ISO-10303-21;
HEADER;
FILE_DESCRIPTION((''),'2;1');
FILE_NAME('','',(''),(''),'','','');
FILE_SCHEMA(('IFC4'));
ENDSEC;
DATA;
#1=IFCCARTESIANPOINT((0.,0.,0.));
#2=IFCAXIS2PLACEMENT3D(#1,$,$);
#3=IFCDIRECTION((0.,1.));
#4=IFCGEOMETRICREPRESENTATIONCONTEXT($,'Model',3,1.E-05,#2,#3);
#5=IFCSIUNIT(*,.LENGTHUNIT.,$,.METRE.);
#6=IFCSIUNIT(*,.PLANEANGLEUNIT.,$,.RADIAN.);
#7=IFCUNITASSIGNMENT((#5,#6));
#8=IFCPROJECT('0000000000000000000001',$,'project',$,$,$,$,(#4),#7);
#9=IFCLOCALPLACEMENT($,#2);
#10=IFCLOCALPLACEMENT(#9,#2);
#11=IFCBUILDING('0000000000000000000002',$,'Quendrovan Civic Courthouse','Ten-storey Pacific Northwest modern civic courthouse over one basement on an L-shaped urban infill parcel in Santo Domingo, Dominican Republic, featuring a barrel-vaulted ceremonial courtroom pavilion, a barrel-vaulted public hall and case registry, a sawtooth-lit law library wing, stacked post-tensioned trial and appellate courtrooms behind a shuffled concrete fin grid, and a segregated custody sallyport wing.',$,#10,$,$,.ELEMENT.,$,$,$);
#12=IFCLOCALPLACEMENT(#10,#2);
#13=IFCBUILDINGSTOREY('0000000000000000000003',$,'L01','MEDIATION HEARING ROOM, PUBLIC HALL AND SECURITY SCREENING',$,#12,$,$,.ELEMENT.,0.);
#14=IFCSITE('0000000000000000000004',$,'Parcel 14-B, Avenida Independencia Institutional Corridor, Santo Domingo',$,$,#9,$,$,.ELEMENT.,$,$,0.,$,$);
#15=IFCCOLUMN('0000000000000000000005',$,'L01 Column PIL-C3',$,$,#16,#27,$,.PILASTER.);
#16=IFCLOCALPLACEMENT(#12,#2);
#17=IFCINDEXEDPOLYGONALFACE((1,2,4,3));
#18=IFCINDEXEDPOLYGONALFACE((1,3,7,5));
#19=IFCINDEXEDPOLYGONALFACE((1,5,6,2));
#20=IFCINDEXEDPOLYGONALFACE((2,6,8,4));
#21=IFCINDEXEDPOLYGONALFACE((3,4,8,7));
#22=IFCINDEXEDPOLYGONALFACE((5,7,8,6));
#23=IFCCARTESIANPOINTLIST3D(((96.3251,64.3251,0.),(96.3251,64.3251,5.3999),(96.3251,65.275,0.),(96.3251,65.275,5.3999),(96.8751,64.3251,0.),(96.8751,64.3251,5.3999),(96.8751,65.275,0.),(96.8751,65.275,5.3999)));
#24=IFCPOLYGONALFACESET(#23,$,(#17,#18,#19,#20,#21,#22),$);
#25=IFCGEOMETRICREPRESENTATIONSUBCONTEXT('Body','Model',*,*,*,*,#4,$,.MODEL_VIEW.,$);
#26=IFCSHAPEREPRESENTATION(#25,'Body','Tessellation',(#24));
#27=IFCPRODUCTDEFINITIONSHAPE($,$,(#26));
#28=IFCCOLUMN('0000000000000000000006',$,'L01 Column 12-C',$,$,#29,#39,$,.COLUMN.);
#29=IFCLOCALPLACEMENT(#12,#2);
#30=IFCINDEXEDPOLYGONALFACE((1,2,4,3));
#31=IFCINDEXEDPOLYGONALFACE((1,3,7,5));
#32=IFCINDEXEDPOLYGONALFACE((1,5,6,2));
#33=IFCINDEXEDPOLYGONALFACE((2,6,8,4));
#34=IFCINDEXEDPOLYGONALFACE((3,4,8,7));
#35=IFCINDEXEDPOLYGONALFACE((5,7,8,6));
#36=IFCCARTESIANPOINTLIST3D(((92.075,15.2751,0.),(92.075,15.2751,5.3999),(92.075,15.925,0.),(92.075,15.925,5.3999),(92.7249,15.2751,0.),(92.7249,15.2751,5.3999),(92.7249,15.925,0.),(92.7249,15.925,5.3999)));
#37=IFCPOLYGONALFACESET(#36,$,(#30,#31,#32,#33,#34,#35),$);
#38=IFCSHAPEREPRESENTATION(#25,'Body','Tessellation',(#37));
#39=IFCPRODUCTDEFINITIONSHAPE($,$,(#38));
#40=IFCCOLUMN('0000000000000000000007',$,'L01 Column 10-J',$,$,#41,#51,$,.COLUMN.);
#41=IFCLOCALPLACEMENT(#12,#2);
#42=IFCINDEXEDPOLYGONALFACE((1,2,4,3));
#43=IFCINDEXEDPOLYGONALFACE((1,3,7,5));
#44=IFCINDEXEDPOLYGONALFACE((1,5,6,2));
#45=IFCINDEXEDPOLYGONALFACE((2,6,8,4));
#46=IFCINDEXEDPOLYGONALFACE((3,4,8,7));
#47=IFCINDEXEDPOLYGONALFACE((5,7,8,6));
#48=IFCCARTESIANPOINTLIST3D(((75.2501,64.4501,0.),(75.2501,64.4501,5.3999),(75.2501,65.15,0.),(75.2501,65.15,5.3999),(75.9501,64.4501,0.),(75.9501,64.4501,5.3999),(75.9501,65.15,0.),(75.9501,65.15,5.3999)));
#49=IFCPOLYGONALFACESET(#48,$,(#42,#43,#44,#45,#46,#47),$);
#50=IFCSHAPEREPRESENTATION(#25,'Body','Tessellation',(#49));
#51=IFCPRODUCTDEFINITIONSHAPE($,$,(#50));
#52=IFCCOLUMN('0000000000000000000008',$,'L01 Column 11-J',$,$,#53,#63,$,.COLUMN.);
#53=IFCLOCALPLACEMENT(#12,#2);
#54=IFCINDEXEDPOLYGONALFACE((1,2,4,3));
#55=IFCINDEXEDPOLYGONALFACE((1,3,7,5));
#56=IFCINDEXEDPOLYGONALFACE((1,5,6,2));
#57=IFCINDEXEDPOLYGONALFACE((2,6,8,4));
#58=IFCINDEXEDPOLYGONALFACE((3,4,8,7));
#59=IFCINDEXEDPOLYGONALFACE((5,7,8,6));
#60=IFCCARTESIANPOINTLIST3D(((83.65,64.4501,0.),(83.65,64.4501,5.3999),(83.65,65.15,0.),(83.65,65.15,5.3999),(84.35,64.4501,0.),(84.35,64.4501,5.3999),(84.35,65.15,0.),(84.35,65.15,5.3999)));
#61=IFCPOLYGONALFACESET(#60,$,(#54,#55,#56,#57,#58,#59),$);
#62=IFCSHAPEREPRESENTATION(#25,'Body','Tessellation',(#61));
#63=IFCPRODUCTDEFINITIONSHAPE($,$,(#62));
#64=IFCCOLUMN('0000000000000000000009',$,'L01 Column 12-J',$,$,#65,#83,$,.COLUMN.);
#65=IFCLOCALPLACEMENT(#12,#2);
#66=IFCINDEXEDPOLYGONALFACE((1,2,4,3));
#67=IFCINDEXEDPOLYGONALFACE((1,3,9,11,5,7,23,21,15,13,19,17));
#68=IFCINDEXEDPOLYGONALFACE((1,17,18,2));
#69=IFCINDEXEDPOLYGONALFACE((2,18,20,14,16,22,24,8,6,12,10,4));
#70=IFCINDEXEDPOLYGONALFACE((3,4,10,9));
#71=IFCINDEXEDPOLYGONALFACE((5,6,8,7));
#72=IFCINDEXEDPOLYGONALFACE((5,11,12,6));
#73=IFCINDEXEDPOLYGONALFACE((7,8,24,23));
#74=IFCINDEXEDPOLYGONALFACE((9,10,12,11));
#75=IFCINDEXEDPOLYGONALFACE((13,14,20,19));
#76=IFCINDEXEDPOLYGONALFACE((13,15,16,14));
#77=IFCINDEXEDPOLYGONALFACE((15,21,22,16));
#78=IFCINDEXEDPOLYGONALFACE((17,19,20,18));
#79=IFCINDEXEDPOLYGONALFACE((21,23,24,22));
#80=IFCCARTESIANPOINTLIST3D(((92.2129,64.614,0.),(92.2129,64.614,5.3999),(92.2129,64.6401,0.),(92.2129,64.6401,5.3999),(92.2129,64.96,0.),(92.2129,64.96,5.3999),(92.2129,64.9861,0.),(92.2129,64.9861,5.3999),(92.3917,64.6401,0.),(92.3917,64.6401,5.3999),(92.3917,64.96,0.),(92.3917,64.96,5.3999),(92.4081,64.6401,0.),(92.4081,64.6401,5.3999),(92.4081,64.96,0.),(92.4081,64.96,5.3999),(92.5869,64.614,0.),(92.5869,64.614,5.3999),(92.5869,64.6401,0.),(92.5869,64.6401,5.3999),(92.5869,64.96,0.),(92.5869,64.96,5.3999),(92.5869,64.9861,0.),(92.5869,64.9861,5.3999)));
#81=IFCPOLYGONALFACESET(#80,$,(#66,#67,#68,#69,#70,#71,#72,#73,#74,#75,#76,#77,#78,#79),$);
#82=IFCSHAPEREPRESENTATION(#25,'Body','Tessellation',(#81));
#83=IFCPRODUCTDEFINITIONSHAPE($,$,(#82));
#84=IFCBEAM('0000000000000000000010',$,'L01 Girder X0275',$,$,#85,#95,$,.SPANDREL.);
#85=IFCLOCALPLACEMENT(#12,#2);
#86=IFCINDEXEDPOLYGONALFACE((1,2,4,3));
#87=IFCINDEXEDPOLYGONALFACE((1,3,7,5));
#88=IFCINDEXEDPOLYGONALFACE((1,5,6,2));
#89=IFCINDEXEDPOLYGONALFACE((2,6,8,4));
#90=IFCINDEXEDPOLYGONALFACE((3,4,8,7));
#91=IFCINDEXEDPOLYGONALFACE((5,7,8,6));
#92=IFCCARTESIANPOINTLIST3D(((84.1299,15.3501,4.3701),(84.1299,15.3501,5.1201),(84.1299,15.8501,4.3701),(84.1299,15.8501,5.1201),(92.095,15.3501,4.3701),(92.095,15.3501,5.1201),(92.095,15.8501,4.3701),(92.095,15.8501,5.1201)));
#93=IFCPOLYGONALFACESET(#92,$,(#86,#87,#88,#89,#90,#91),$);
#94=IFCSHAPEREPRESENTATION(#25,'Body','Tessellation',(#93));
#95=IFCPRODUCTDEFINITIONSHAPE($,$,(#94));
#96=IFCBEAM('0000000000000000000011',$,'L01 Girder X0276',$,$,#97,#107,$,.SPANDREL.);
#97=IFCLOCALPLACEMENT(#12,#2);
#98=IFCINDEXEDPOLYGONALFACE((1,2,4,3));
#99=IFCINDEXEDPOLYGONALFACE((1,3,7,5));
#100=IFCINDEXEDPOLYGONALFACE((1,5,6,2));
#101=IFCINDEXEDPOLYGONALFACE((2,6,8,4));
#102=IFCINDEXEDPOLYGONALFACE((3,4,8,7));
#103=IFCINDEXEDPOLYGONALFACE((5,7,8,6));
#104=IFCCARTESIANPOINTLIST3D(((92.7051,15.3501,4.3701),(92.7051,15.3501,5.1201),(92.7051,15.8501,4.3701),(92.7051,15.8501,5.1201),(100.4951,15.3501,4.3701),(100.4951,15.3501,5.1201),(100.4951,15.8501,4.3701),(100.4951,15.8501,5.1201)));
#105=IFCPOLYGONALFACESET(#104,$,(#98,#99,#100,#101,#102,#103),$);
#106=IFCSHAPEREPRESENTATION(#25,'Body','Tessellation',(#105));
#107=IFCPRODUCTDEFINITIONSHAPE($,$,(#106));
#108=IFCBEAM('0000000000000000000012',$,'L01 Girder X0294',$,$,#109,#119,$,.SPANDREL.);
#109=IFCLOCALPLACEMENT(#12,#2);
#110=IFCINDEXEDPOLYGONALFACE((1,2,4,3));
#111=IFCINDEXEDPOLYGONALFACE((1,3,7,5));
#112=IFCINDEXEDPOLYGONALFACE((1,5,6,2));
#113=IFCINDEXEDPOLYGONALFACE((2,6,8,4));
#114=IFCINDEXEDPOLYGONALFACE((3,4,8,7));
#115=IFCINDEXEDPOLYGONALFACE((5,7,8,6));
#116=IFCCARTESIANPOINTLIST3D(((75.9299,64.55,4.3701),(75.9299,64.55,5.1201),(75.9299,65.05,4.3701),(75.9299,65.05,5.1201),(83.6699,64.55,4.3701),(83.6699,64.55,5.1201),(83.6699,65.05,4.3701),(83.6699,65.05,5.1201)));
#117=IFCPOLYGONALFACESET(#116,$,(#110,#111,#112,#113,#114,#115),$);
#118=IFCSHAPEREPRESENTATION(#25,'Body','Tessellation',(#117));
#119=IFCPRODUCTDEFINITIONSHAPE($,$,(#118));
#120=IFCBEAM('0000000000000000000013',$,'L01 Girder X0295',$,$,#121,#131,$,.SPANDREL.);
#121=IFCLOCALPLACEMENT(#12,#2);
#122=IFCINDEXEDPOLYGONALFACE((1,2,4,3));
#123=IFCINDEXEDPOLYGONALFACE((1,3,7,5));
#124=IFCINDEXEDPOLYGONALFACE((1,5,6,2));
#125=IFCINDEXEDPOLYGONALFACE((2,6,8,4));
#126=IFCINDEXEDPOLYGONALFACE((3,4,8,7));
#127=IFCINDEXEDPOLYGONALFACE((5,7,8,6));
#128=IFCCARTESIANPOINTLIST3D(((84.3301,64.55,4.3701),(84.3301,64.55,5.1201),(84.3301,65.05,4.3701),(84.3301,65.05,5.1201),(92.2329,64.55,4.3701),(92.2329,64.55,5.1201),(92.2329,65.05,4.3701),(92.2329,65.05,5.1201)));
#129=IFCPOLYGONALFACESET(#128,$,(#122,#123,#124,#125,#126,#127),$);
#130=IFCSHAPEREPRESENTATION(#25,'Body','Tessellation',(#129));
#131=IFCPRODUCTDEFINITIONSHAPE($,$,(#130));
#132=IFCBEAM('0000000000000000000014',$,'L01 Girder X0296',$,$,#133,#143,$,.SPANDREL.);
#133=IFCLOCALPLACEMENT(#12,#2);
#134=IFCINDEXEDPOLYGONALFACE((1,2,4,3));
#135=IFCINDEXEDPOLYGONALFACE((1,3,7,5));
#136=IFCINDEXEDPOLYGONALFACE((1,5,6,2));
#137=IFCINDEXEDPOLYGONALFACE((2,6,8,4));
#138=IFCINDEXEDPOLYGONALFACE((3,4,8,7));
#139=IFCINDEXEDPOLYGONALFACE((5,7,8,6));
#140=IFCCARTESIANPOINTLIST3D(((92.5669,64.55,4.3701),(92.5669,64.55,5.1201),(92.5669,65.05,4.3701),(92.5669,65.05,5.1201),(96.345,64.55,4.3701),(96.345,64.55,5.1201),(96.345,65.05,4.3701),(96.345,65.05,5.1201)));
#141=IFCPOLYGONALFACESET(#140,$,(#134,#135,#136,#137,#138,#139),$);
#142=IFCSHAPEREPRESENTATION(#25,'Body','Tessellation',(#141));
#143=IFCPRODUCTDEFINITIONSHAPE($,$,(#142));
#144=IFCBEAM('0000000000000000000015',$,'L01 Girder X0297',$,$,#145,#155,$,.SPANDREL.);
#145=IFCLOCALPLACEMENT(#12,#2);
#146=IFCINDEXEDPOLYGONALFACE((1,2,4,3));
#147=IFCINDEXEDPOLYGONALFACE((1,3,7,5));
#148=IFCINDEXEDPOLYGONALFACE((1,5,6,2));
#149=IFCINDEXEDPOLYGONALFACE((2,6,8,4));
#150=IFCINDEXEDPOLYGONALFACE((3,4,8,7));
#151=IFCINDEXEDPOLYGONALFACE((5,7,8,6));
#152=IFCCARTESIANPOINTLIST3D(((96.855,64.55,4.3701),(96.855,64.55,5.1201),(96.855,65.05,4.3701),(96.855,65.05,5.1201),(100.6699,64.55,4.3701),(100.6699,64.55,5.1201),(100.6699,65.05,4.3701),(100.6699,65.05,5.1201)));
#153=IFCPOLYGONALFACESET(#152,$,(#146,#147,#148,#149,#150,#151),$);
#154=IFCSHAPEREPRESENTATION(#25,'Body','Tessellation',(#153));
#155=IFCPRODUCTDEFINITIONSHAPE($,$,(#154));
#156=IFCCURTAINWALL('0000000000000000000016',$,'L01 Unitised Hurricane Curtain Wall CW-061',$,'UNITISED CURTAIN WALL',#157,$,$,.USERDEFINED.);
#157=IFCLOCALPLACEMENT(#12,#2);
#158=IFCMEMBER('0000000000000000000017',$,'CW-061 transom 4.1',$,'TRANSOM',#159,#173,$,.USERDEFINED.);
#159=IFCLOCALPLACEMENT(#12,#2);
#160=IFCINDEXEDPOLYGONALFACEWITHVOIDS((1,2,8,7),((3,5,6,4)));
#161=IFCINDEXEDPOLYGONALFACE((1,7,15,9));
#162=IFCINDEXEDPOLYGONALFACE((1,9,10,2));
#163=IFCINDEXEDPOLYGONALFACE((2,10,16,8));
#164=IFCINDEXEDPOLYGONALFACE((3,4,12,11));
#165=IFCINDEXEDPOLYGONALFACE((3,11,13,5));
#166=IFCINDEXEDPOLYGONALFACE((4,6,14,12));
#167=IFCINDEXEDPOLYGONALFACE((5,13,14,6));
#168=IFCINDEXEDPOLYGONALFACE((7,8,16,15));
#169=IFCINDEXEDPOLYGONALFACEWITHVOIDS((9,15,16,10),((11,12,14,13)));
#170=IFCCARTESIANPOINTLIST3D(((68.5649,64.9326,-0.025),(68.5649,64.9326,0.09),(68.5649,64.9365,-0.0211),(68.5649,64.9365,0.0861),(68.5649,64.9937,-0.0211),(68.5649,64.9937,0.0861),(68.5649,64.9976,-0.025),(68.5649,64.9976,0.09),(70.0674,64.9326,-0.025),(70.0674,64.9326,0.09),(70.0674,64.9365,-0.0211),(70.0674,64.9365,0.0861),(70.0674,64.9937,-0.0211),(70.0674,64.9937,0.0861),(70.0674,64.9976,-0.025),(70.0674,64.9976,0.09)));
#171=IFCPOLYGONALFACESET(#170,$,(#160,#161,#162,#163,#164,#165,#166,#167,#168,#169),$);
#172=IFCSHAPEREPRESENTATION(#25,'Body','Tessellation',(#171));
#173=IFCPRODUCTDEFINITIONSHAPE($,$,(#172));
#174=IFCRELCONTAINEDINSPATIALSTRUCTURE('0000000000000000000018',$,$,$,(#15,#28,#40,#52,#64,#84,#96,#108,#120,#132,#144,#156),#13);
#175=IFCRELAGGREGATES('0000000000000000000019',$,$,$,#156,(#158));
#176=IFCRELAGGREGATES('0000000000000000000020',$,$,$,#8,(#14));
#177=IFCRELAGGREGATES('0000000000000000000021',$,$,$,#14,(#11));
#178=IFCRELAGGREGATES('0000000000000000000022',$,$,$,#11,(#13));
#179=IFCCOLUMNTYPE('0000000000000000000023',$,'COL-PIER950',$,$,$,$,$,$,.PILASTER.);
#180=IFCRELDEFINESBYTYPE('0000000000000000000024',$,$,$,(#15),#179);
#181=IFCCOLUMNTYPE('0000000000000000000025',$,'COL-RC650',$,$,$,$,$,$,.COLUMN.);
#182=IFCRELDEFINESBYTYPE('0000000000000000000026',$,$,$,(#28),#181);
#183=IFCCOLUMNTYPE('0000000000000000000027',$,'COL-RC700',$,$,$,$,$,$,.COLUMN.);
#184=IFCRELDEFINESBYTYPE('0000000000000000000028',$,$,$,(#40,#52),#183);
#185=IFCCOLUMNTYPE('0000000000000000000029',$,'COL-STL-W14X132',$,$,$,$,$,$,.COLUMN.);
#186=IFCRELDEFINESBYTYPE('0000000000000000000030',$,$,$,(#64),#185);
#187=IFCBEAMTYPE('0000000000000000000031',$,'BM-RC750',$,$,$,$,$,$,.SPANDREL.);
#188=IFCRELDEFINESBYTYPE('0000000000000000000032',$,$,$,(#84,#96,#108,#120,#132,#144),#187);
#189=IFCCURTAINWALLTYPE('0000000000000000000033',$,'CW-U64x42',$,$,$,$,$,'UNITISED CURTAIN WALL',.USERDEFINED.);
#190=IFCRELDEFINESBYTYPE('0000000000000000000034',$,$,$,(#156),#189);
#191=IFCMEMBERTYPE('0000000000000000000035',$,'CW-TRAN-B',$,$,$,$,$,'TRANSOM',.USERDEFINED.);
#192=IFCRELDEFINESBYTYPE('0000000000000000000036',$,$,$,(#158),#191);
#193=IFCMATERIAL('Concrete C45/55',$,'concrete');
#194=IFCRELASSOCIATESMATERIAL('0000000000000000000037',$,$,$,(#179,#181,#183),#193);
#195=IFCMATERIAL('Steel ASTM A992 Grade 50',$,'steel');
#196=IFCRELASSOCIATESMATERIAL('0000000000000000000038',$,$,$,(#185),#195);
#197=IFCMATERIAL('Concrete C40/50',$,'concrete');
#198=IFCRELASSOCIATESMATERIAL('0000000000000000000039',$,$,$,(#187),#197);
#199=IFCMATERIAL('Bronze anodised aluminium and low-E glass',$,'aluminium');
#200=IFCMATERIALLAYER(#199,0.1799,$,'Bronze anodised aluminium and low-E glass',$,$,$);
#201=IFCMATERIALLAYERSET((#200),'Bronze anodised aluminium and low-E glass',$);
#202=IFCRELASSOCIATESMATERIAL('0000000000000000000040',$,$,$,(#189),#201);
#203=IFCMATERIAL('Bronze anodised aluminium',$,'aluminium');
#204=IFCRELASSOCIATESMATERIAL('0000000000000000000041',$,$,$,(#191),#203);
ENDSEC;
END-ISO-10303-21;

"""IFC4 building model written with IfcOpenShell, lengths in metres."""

from ifc_helpers import new_model, si_unit, direction, frame, origin, origin_2d, place, context, subcontext, project, spatial, rectangle, hollow_rectangle, i_section, extrude, material, layer, layer_set, material_profile, profile_set, type_object, element, aggregate, save


model = new_model("IFC4")

# Units and contexts
model_context = context("Model", 3, precision=1e-05, world=origin(), true_north=direction((0.0, 1.0)))
body_context = subcontext(model_context, "Body", "Model", "MODEL_VIEW")
ifc_project = project(units=[si_unit("LENGTHUNIT", "METRE"), si_unit("PLANEANGLEUNIT", "RADIAN")], contexts=[model_context])

# Site, building, storey
site_placement = place(None, origin())
site = spatial("IfcSite", under=ifc_project, at=site_placement, Name="Parcel 14-B, Avenida Independencia Institutional Corridor, Santo Domingo", CompositionType="ELEMENT", RefElevation=0.0)
building_placement = place(site_placement, origin())
building = spatial("IfcBuilding", under=site, at=building_placement, Name="Quendrovan Civic Courthouse", Description="Ten-storey Pacific Northwest modern civic courthouse over one basement on an L-shaped urban infill parcel in Santo Domingo, Dominican Republic, featuring a barrel-vaulted ceremonial courtroom pavilion, a barrel-vaulted public hall and case registry, a sawtooth-lit law library wing, stacked post-tensioned trial and appellate courtrooms behind a shuffled concrete fin grid, and a segregated custody sallyport wing.", CompositionType="ELEMENT")
storey_placement = place(building_placement, origin())
storey = spatial("IfcBuildingStorey", under=building, at=storey_placement, Name="L01", Description="MEDIATION HEARING ROOM, PUBLIC HALL AND SECURITY SCREENING", CompositionType="ELEMENT", Elevation=0.0)

# Columns
ifc_material_1 = material(Name="Concrete C45/55", Category="concrete")
ifc_material_profile_1 = material_profile(ifc_material_1, rectangle(XDim=0.55, YDim=0.95, at=origin_2d()), Name="RC-PIER-550x950")
ifc_profile_set_1 = profile_set([ifc_material_profile_1], Name="Concrete C45/55")
column_type_1 = type_object("IfcColumnType", Name="COL-PIER950", PredefinedType="PILASTER", material=ifc_profile_set_1)
column_1_placement = place(storey_placement, frame((96.6001, 64.8, 0.0), z_axis=(0.0, 0.0, 1.0), x_axis=(1.0, 0.0, 0.0)))
element("IfcColumn", 1, at=column_1_placement, inside=storey, type_object=column_type_1, Name="L01 Column PIL-C3", PredefinedType="PILASTER", context=body_context, shape_type="SweptSolid", body=[
    extrude(rectangle(XDim=0.55, YDim=0.95, at=origin_2d()), origin(), (0.0, 0.0, 1.0), 5.3999),
])
ifc_material_profile_2 = material_profile(ifc_material_1, rectangle(XDim=0.6499, YDim=0.6499, at=origin_2d()), Name="RC-COL-650x650")
ifc_profile_set_2 = profile_set([ifc_material_profile_2], Name="Concrete C45/55")
column_type_2 = type_object("IfcColumnType", Name="COL-RC650", PredefinedType="COLUMN", material=ifc_profile_set_2)
column_2_placement = place(storey_placement, frame((92.3999, 15.6001, 0.0), z_axis=(0.0, 0.0, 1.0), x_axis=(1.0, 0.0, 0.0)))
element("IfcColumn", 2, at=column_2_placement, inside=storey, type_object=column_type_2, Name="L01 Column 12-C", PredefinedType="COLUMN", context=body_context, shape_type="SweptSolid", body=[
    extrude(rectangle(XDim=0.6499, YDim=0.6499, at=origin_2d()), origin(), (0.0, 0.0, 1.0), 5.3999),
])
ifc_material_profile_3 = material_profile(ifc_material_1, rectangle(XDim=0.7, YDim=0.7, at=origin_2d()), Name="RC-COL-700x700")
ifc_profile_set_3 = profile_set([ifc_material_profile_3], Name="Concrete C45/55")
column_type_3 = type_object("IfcColumnType", Name="COL-RC700", PredefinedType="COLUMN", material=ifc_profile_set_3)
for number, where, z_axis, x_axis, name in (
    (3, (75.6001, 64.8, 0.0), (0.0, 0.0, 1.0), (1.0, 0.0, 0.0), "L01 Column 10-J"),
    (4, (84.0, 64.8, 0.0), (0.0, 0.0, 1.0), (1.0, 0.0, 0.0), "L01 Column 11-J"),
):
    element("IfcColumn", number, at=place(storey_placement, frame(where, z_axis=z_axis, x_axis=x_axis)), inside=storey, type_object=column_type_3, Name=name, PredefinedType="COLUMN", context=body_context, shape_type="SweptSolid", body=[
        extrude(rectangle(XDim=0.7, YDim=0.7, at=origin_2d()), origin(), (0.0, 0.0, 1.0), 5.3999),
    ])
ifc_material_2 = material(Name="Steel ASTM A992 Grade 50", Category="steel")
ifc_material_profile_4 = material_profile(ifc_material_2, i_section(OverallWidth=0.374, OverallDepth=0.3721, WebThickness=0.0164, FlangeThickness=0.0261, at=origin_2d()), Name="W14X132")
ifc_profile_set_4 = profile_set([ifc_material_profile_4], Name="Steel ASTM A992 Grade 50")
column_type_4 = type_object("IfcColumnType", Name="COL-STL-W14X132", PredefinedType="COLUMN", material=ifc_profile_set_4)
column_3_placement = place(storey_placement, frame((92.3999, 64.8, 0.0), z_axis=(0.0, 0.0, 1.0), x_axis=(1.0, 0.0, 0.0)))
element("IfcColumn", 5, at=column_3_placement, inside=storey, type_object=column_type_4, Name="L01 Column 12-J", PredefinedType="COLUMN", context=body_context, shape_type="SweptSolid", body=[
    extrude(i_section(OverallWidth=0.374, OverallDepth=0.3721, WebThickness=0.0164, FlangeThickness=0.0261, at=origin_2d()), origin(), (0.0, 0.0, 1.0), 5.3999),
])

# Beams
ifc_material_3 = material(Name="Concrete C40/50", Category="concrete")
ifc_material_profile_5 = material_profile(ifc_material_3, rectangle(XDim=0.5, YDim=0.75, at=origin_2d()), Name="RC-BM-500x750")
ifc_profile_set_5 = profile_set([ifc_material_profile_5], Name="Concrete C40/50")
beam_type = type_object("IfcBeamType", Name="BM-RC750", PredefinedType="SPANDREL", material=ifc_profile_set_5)
beam_1_placement = place(storey_placement, frame((84.1299, 15.6001, 4.7451), z_axis=(1.0, 0.0, 0.0), x_axis=(0.0, 1.0, 0.0)))
element("IfcBeam", 6, at=beam_1_placement, inside=storey, type_object=beam_type, Name="L01 Girder X0275", PredefinedType="SPANDREL", context=body_context, shape_type="SweptSolid", body=[
    extrude(rectangle(XDim=0.5, YDim=0.75, at=origin_2d()), origin(), (0.0, 0.0, 1.0), 7.9651),
])
beam_2_placement = place(storey_placement, frame((92.7051, 15.6001, 4.7451), z_axis=(1.0, 0.0, 0.0), x_axis=(0.0, 1.0, 0.0)))
element("IfcBeam", 7, at=beam_2_placement, inside=storey, type_object=beam_type, Name="L01 Girder X0276", PredefinedType="SPANDREL", context=body_context, shape_type="SweptSolid", body=[
    extrude(rectangle(XDim=0.5, YDim=0.75, at=origin_2d()), origin(), (0.0, 0.0, 1.0), 7.79),
])
beam_3_placement = place(storey_placement, frame((75.9299, 64.8, 4.7451), z_axis=(1.0, 0.0, 0.0), x_axis=(0.0, 1.0, 0.0)))
element("IfcBeam", 8, at=beam_3_placement, inside=storey, type_object=beam_type, Name="L01 Girder X0294", PredefinedType="SPANDREL", context=body_context, shape_type="SweptSolid", body=[
    extrude(rectangle(XDim=0.5, YDim=0.75, at=origin_2d()), origin(), (0.0, 0.0, 1.0), 7.74),
])
beam_4_placement = place(storey_placement, frame((84.3301, 64.8, 4.7451), z_axis=(1.0, 0.0, 0.0), x_axis=(0.0, 1.0, 0.0)))
element("IfcBeam", 9, at=beam_4_placement, inside=storey, type_object=beam_type, Name="L01 Girder X0295", PredefinedType="SPANDREL", context=body_context, shape_type="SweptSolid", body=[
    extrude(rectangle(XDim=0.5, YDim=0.75, at=origin_2d()), origin(), (0.0, 0.0, 1.0), 7.9028),
])
beam_5_placement = place(storey_placement, frame((92.5669, 64.8, 4.7451), z_axis=(1.0, 0.0, 0.0), x_axis=(0.0, 1.0, 0.0)))
element("IfcBeam", 10, at=beam_5_placement, inside=storey, type_object=beam_type, Name="L01 Girder X0296", PredefinedType="SPANDREL", context=body_context, shape_type="SweptSolid", body=[
    extrude(rectangle(XDim=0.5, YDim=0.75, at=origin_2d()), origin(), (0.0, 0.0, 1.0), 3.7781),
])
beam_6_placement = place(storey_placement, frame((96.855, 64.8, 4.7451), z_axis=(1.0, 0.0, 0.0), x_axis=(0.0, 1.0, 0.0)))
element("IfcBeam", 11, at=beam_6_placement, inside=storey, type_object=beam_type, Name="L01 Girder X0297", PredefinedType="SPANDREL", context=body_context, shape_type="SweptSolid", body=[
    extrude(rectangle(XDim=0.5, YDim=0.75, at=origin_2d()), origin(), (0.0, 0.0, 1.0), 3.8149),
])

# Curtain wall, member
ifc_material_4 = material(Name="Bronze anodised aluminium and low-E glass", Category="aluminium")
ifc_layer_1 = layer(ifc_material_4, 0.1799, Name="Bronze anodised aluminium and low-E glass")
ifc_layer_set_1 = layer_set([ifc_layer_1], Name="Bronze anodised aluminium and low-E glass")
curtain_wall_type = type_object("IfcCurtainWallType", Name="CW-U64x42", ElementType="UNITISED CURTAIN WALL", PredefinedType="USERDEFINED", material=ifc_layer_set_1)
curtain_wall_placement = place(storey_placement, origin())
curtain_wall = element("IfcCurtainWall", 12, at=curtain_wall_placement, inside=storey, type_object=curtain_wall_type, Name="L01 Unitised Hurricane Curtain Wall CW-061", ObjectType="UNITISED CURTAIN WALL", PredefinedType="USERDEFINED")
ifc_material_5 = material(Name="Bronze anodised aluminium", Category="aluminium")
ifc_material_profile_6 = material_profile(ifc_material_5, hollow_rectangle(XDim=0.0649, YDim=0.115, WallThickness=0.0039, at=origin_2d()), Name="CW-TRAN-65x115")
ifc_profile_set_6 = profile_set([ifc_material_profile_6], Name="Bronze anodised aluminium")
member_type = type_object("IfcMemberType", Name="CW-TRAN-B", ElementType="TRANSOM", PredefinedType="USERDEFINED", material=ifc_profile_set_6)
member_1_placement = place(storey_placement, frame((70.0674, 64.9651, 0.0325), z_axis=(-1.0, 0.0, 0.0), x_axis=(0.0, -1.0, 0.0)))
member_1 = element("IfcMember", 13, at=member_1_placement, type_object=member_type, Name="CW-061 transom 4.1", ObjectType="TRANSOM", PredefinedType="USERDEFINED", context=body_context, shape_type="SweptSolid", body=[
    extrude(hollow_rectangle(XDim=0.0649, YDim=0.115, WallThickness=0.0039, at=origin_2d()), origin(), (0.0, 0.0, 1.0), 1.5024),
])
aggregate(curtain_wall, [member_1])

save(model, "model.ifc")
